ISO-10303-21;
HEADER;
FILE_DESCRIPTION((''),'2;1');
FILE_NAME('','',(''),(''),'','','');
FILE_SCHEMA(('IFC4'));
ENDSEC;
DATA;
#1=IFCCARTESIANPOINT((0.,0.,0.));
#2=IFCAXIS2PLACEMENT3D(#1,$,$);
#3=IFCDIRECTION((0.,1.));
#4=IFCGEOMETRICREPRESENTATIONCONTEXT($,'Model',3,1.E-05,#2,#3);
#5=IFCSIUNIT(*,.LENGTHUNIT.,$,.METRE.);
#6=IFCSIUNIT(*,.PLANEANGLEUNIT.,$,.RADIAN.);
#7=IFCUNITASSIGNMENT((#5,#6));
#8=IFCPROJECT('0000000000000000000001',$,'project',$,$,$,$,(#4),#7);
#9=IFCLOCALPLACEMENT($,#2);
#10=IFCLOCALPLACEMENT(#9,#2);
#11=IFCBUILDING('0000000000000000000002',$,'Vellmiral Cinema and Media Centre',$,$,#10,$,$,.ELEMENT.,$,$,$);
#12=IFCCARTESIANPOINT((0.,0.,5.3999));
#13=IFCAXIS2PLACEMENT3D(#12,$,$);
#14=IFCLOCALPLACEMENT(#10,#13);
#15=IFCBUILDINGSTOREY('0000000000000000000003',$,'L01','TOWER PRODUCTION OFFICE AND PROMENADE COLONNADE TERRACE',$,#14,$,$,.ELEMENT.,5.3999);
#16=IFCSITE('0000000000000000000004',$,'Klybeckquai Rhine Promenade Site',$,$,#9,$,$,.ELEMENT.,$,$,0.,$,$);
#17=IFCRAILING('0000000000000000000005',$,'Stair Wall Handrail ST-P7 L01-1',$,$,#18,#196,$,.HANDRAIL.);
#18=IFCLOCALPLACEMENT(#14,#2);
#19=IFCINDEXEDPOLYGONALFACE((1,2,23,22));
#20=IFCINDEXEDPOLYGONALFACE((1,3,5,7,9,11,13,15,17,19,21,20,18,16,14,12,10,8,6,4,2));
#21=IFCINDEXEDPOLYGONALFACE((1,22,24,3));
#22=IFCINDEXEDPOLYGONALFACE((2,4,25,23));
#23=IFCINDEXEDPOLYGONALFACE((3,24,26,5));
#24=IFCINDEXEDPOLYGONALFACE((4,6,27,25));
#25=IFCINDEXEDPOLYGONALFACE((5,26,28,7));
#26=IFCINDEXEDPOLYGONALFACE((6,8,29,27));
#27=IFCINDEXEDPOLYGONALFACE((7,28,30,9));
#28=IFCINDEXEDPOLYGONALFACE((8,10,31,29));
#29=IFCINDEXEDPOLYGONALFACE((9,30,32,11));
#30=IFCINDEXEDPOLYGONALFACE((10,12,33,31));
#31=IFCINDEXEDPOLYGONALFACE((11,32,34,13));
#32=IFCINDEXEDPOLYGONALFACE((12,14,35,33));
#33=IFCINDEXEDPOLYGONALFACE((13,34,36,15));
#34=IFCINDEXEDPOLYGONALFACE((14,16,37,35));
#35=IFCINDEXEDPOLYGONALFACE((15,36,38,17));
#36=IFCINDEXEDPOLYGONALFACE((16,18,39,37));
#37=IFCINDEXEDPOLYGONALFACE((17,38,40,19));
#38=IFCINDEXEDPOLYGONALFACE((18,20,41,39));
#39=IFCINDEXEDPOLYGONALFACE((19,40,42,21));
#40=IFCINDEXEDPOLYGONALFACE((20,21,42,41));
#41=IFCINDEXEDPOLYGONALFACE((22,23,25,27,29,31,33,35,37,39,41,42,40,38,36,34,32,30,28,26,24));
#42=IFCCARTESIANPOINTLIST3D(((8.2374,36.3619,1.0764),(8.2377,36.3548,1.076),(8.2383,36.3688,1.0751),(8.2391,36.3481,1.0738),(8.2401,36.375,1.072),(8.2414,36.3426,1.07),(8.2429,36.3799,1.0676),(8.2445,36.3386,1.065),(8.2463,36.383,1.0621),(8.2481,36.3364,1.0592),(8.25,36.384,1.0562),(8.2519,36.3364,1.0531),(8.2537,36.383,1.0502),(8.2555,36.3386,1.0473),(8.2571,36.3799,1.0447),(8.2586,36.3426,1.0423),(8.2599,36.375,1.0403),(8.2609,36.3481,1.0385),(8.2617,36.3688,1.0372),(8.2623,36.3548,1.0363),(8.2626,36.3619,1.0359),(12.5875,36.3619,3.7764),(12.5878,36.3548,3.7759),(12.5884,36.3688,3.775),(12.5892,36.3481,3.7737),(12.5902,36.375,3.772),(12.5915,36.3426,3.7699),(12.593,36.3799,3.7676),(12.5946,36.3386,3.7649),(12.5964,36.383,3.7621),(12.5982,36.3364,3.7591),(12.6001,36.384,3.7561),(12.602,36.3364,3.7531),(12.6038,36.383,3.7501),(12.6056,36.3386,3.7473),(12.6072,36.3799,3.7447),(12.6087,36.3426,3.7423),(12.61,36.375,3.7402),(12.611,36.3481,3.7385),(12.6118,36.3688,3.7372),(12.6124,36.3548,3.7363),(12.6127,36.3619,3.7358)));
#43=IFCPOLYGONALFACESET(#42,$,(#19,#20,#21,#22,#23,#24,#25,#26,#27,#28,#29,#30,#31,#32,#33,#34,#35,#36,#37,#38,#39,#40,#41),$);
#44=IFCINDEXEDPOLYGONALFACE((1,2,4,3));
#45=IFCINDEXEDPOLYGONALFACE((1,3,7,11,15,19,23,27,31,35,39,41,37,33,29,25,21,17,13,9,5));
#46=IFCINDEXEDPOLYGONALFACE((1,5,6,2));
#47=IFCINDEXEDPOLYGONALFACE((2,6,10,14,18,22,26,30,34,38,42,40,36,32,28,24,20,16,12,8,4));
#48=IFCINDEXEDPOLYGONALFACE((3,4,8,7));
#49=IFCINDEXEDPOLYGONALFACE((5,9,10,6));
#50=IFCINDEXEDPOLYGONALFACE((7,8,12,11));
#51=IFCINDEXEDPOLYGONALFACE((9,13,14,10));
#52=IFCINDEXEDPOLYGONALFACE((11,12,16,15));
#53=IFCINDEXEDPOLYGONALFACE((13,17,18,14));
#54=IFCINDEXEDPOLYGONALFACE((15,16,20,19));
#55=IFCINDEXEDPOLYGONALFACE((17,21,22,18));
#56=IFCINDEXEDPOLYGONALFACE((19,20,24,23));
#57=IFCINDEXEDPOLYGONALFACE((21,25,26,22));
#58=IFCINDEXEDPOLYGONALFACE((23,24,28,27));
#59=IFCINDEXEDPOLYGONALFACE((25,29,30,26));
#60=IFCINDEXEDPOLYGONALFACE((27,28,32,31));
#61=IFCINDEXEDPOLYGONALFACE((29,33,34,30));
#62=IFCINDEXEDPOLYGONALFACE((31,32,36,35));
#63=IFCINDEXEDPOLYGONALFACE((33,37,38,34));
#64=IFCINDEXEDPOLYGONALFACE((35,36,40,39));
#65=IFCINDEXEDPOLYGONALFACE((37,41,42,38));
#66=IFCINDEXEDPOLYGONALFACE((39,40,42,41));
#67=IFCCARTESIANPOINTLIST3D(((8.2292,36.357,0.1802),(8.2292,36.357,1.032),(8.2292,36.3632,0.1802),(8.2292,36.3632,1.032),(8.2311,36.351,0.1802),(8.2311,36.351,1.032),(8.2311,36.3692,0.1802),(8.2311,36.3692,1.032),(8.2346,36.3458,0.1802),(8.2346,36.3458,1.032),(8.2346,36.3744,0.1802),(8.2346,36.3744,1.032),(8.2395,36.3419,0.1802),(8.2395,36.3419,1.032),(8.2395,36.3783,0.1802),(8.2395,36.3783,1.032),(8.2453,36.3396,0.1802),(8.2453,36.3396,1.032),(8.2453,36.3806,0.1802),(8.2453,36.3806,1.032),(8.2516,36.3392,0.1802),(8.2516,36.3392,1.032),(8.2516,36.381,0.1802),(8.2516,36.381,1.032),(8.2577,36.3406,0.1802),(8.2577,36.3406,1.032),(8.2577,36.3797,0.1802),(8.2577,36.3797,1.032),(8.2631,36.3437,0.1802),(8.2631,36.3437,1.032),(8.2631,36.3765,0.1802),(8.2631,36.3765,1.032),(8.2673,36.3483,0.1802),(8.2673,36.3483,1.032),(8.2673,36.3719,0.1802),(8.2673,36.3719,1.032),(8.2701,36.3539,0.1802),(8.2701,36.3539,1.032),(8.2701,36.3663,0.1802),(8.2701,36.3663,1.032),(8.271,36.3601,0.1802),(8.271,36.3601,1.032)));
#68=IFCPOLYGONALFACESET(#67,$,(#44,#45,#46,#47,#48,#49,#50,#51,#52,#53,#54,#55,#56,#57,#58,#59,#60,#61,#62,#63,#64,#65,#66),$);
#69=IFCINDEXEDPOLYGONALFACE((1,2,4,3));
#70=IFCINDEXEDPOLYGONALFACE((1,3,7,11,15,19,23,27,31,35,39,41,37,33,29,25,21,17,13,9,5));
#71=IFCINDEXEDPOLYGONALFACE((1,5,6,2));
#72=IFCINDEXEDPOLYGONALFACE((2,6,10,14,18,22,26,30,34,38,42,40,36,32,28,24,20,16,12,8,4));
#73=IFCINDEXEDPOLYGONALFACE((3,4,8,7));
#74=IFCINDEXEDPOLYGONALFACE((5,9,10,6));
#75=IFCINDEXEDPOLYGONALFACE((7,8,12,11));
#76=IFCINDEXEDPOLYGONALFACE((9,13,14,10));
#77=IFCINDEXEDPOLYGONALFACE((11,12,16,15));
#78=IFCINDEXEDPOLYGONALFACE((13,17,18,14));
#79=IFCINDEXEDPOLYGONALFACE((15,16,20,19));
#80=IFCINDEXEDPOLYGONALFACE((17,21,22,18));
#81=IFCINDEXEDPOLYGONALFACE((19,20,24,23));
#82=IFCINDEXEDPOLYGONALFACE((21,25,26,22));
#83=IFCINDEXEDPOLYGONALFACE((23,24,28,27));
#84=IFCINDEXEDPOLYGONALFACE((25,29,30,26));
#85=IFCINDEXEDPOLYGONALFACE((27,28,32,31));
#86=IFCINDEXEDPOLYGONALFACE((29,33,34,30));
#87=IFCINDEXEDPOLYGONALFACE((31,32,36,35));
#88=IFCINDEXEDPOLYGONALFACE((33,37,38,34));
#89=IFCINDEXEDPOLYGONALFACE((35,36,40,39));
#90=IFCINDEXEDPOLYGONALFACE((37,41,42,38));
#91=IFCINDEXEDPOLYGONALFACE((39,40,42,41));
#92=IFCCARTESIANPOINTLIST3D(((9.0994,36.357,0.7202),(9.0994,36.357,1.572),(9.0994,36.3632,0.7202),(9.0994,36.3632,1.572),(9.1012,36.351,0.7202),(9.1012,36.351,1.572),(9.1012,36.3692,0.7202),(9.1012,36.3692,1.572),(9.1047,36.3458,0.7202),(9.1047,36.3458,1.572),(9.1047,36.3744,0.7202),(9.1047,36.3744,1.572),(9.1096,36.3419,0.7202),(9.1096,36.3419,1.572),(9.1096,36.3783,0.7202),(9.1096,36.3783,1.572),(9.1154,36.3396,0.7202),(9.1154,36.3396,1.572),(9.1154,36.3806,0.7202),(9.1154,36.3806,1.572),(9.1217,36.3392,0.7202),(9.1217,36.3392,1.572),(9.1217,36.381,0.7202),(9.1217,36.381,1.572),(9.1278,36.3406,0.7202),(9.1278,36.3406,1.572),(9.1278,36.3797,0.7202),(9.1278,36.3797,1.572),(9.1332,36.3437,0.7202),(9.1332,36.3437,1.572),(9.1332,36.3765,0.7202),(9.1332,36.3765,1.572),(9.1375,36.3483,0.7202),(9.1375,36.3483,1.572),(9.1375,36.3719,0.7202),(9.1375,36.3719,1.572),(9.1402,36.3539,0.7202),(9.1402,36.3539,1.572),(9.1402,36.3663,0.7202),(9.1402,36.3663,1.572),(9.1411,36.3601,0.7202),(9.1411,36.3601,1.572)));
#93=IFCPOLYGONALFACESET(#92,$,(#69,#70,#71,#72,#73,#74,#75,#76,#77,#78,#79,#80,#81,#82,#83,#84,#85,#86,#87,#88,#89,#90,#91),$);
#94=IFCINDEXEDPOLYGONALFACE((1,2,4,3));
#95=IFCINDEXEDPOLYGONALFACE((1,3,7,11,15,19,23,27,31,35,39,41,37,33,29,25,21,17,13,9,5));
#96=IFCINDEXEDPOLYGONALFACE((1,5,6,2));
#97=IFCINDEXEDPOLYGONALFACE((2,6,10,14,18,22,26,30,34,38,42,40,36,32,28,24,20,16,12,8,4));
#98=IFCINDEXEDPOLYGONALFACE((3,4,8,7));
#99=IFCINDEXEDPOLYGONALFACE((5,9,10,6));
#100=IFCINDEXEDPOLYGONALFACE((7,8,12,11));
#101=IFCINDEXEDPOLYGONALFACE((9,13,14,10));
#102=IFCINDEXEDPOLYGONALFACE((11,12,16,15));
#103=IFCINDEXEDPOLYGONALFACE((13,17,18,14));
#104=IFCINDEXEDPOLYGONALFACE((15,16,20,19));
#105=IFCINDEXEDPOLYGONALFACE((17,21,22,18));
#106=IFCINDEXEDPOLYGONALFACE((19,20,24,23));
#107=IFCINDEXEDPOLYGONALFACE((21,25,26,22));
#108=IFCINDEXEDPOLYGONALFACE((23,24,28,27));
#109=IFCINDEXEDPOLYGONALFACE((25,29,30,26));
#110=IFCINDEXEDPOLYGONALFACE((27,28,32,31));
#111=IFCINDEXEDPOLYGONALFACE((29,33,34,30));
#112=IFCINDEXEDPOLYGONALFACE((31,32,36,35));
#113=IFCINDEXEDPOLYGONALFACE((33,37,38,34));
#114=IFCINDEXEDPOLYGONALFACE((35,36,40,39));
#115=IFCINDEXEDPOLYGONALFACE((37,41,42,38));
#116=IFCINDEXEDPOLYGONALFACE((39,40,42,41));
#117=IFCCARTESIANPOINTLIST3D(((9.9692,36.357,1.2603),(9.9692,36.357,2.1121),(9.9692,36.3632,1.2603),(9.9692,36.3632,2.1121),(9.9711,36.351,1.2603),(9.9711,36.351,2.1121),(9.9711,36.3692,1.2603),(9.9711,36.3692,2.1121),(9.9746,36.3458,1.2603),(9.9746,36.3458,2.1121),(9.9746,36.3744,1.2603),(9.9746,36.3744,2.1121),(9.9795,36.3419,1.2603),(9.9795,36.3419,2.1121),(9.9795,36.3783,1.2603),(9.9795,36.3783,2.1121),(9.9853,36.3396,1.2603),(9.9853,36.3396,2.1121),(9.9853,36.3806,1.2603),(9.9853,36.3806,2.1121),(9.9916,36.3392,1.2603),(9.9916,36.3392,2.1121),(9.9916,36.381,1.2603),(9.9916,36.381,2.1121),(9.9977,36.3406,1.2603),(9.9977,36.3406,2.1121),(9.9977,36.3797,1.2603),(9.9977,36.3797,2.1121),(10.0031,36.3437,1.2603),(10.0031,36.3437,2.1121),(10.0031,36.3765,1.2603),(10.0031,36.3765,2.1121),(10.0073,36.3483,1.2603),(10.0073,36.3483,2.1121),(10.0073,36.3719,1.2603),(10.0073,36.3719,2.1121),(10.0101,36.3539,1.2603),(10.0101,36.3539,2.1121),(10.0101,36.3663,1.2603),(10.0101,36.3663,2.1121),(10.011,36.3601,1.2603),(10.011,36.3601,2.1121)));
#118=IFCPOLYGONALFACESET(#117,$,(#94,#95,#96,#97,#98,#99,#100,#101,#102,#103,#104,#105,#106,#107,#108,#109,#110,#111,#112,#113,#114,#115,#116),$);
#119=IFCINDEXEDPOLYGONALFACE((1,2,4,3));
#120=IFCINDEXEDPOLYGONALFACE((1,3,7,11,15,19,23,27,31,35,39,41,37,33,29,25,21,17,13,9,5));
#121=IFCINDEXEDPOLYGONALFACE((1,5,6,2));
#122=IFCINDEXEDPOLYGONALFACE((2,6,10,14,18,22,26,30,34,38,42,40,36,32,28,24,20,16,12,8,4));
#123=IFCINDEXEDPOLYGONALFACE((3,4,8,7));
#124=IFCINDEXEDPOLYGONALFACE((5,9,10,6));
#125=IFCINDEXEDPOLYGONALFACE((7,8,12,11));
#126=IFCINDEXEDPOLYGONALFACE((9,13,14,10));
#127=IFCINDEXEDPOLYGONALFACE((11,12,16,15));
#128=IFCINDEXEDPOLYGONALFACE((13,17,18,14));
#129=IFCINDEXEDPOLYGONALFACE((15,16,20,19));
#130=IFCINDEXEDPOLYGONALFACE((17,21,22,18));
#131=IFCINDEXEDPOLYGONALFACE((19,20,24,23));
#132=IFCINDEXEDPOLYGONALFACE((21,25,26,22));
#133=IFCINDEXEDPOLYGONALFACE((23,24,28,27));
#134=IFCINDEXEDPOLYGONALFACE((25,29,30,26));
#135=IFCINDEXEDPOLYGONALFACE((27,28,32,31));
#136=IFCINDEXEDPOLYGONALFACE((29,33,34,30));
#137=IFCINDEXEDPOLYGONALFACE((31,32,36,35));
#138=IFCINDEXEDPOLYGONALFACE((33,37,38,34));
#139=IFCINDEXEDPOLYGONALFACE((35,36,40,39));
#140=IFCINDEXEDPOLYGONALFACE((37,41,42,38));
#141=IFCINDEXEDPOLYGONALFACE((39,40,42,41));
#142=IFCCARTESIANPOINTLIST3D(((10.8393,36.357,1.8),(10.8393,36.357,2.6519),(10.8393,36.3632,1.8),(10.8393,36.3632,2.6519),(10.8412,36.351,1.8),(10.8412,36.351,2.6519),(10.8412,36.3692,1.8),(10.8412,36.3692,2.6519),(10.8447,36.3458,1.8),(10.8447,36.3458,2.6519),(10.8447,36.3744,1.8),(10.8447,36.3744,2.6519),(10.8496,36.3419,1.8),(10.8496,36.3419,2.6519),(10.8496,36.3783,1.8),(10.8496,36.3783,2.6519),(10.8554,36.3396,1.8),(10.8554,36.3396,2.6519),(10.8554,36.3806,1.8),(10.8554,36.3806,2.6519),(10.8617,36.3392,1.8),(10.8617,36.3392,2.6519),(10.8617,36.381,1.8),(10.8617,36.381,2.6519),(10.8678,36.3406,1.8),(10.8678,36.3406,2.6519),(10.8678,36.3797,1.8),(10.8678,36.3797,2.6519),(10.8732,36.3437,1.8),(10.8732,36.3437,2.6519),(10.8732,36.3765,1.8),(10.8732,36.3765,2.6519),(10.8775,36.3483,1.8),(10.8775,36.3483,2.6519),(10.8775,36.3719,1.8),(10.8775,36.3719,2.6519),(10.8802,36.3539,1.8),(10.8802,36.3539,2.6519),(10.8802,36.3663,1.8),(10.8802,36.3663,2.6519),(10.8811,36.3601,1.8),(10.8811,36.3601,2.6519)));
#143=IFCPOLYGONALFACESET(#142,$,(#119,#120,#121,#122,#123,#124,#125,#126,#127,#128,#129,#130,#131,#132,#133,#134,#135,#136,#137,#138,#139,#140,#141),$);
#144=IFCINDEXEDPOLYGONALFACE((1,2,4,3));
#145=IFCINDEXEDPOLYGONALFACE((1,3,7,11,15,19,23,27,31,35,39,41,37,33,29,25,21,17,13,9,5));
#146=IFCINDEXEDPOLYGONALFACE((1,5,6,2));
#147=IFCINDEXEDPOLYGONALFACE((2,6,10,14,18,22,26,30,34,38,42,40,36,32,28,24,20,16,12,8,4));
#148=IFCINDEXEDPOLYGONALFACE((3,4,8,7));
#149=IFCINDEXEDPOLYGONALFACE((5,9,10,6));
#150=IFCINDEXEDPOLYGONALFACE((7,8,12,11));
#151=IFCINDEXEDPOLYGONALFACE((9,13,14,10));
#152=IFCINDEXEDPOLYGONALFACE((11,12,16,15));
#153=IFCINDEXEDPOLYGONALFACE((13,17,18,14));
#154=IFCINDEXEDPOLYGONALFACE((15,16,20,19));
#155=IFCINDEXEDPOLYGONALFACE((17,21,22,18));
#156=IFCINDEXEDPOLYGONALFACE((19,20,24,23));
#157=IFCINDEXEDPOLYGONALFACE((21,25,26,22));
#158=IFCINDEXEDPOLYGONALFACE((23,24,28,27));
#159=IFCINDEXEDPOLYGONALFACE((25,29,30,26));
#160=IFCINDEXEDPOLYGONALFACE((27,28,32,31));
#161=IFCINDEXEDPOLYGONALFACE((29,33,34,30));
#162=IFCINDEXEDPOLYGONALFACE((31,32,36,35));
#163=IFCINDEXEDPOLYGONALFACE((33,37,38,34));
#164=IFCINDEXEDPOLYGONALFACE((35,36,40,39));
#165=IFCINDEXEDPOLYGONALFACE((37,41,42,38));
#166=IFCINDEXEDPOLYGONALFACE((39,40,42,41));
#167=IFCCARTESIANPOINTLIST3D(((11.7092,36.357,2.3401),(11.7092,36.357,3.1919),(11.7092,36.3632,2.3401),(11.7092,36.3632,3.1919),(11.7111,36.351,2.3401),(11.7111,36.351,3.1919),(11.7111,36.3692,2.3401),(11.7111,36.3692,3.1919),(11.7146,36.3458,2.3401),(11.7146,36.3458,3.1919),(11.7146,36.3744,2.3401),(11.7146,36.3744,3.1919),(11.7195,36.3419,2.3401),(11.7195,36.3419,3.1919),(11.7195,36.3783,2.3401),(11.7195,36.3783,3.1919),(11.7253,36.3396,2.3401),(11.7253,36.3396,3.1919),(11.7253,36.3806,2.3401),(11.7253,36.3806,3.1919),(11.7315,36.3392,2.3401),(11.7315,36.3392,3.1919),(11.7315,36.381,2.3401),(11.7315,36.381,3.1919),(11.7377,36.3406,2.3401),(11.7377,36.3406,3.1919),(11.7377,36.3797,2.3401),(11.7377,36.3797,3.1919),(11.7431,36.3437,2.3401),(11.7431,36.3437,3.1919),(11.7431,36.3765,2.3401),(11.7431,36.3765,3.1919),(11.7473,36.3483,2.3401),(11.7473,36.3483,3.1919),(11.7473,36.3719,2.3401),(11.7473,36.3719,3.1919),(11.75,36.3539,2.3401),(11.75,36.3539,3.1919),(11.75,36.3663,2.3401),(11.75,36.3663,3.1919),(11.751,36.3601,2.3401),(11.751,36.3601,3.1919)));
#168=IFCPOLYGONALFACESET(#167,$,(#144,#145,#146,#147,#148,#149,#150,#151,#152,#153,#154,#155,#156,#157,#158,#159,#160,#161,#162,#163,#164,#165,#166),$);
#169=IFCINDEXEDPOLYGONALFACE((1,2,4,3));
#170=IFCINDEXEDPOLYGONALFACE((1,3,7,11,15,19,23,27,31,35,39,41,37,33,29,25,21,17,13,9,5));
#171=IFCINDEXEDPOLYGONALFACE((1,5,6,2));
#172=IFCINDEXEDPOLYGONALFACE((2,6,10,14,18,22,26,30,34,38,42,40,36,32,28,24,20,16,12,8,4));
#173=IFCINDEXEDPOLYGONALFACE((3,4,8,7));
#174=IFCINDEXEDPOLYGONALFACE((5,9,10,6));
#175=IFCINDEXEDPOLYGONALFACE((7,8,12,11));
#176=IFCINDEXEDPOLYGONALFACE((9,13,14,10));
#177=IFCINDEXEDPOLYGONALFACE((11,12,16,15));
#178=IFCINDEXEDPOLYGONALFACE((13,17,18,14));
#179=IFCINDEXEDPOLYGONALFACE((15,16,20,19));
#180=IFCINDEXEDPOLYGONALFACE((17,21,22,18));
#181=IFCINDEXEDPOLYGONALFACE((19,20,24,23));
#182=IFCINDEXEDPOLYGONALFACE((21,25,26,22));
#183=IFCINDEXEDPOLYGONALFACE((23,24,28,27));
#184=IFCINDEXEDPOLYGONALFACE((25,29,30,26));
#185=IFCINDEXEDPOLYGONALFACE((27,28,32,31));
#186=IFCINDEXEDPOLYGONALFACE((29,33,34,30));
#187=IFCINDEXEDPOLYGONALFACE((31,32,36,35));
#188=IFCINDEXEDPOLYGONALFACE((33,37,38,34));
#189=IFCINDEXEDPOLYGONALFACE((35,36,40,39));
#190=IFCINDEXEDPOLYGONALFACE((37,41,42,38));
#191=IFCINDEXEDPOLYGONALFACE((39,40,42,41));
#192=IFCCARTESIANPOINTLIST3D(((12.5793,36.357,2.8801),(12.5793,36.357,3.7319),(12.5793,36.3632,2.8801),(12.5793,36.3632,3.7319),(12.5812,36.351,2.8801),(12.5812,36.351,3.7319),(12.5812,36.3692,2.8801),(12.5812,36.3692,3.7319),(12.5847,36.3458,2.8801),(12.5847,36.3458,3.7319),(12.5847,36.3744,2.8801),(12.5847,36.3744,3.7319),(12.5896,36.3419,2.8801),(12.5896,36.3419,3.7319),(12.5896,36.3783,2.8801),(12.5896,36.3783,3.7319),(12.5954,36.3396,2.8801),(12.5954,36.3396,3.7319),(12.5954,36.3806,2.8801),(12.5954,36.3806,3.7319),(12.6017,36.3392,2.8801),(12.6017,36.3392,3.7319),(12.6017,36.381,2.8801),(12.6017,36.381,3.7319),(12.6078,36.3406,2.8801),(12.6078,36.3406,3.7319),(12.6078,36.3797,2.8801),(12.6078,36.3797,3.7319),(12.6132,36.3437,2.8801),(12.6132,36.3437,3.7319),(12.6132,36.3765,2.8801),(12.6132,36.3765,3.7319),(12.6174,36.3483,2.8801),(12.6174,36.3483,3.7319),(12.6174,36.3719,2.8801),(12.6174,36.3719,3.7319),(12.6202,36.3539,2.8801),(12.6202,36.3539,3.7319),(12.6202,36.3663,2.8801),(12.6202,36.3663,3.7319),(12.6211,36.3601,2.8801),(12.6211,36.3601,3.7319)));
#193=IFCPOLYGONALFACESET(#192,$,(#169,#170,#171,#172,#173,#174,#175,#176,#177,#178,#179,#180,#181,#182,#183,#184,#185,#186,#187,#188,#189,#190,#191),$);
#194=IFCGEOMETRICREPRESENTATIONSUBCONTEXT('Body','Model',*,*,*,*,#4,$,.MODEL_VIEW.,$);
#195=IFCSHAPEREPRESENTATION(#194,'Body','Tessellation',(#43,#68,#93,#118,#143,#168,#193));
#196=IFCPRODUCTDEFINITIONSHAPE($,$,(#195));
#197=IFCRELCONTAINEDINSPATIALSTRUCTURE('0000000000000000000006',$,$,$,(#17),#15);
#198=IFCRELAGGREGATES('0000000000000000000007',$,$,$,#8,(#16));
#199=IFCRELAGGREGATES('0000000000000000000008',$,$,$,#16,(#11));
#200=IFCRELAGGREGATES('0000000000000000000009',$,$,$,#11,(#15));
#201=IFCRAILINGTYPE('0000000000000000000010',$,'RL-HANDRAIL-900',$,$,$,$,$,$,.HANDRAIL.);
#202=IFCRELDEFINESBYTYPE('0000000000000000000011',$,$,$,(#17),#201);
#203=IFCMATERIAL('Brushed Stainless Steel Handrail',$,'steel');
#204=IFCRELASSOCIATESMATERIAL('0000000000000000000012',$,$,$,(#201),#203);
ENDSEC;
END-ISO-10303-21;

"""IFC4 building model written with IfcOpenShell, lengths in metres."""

from ifc_helpers import new_model, si_unit, direction, frame, origin, origin_2d, place, context, subcontext, project, spatial, circle, extrude, material, type_object, element, save


model = new_model("IFC4")

# Units and contexts
model_context = context("Model", 3, precision=1e-05, world=origin(), true_north=direction((0.0, 1.0)))
body_context = subcontext(model_context, "Body", "Model", "MODEL_VIEW")
ifc_project = project(units=[si_unit("LENGTHUNIT", "METRE"), si_unit("PLANEANGLEUNIT", "RADIAN")], contexts=[model_context])

# Site, building, storey
site_placement = place(None, origin())
site = spatial("IfcSite", under=ifc_project, at=site_placement, Name="Klybeckquai Rhine Promenade Site", CompositionType="ELEMENT", RefElevation=0.0)
building_placement = place(site_placement, origin())
building = spatial("IfcBuilding", under=site, at=building_placement, Name="Vellmiral Cinema and Media Centre", CompositionType="ELEMENT")
storey_placement = place(building_placement, frame((0.0, 0.0, 5.3999)))
storey = spatial("IfcBuildingStorey", under=building, at=storey_placement, Name="L01", Description="TOWER PRODUCTION OFFICE AND PROMENADE COLONNADE TERRACE", CompositionType="ELEMENT", Elevation=5.3999)

# Railing
ifc_material_1 = material(Name="Brushed Stainless Steel Handrail", Category="steel")
railing_type_1 = type_object("IfcRailingType", Name="RL-HANDRAIL-900", PredefinedType="HANDRAIL", material=ifc_material_1)
railing_1_placement = place(storey_placement, frame((8.25, 36.3601, 0.1802)))
element("IfcRailing", 1, at=railing_1_placement, inside=storey, type_object=railing_type_1, Name="Stair Wall Handrail ST-P7 L01-1", PredefinedType="HANDRAIL", context=body_context, shape_type="SweptSolid", body=[
    extrude(circle(Radius=0.0239, at=origin_2d()), frame((0.0, 0.0, 0.876), z_axis=(0.84965, 0.0, 0.527347), x_axis=(0.0, 1.0, 0.0)), (0.0, 0.0, 1.0), 5.1199),
    extrude(circle(Radius=0.021, at=origin_2d()), origin(), (0.0, 0.0, 1.0), 0.8518),
    extrude(circle(Radius=0.021, at=origin_2d()), frame((0.8701, 0.0, 0.54)), (0.0, 0.0, 1.0), 0.8518),
    extrude(circle(Radius=0.021, at=origin_2d()), frame((1.74, 0.0, 1.0801)), (0.0, 0.0, 1.0), 0.8518),
    extrude(circle(Radius=0.021, at=origin_2d()), frame((2.6101, 0.0, 1.6199)), (0.0, 0.0, 1.0), 0.8518),
    extrude(circle(Radius=0.021, at=origin_2d()), frame((3.48, 0.0, 2.1599)), (0.0, 0.0, 1.0), 0.8518),
    extrude(circle(Radius=0.021, at=origin_2d()), frame((4.3501, 0.0, 2.7)), (0.0, 0.0, 1.0), 0.8518),
])

save(model, "model.ifc")
